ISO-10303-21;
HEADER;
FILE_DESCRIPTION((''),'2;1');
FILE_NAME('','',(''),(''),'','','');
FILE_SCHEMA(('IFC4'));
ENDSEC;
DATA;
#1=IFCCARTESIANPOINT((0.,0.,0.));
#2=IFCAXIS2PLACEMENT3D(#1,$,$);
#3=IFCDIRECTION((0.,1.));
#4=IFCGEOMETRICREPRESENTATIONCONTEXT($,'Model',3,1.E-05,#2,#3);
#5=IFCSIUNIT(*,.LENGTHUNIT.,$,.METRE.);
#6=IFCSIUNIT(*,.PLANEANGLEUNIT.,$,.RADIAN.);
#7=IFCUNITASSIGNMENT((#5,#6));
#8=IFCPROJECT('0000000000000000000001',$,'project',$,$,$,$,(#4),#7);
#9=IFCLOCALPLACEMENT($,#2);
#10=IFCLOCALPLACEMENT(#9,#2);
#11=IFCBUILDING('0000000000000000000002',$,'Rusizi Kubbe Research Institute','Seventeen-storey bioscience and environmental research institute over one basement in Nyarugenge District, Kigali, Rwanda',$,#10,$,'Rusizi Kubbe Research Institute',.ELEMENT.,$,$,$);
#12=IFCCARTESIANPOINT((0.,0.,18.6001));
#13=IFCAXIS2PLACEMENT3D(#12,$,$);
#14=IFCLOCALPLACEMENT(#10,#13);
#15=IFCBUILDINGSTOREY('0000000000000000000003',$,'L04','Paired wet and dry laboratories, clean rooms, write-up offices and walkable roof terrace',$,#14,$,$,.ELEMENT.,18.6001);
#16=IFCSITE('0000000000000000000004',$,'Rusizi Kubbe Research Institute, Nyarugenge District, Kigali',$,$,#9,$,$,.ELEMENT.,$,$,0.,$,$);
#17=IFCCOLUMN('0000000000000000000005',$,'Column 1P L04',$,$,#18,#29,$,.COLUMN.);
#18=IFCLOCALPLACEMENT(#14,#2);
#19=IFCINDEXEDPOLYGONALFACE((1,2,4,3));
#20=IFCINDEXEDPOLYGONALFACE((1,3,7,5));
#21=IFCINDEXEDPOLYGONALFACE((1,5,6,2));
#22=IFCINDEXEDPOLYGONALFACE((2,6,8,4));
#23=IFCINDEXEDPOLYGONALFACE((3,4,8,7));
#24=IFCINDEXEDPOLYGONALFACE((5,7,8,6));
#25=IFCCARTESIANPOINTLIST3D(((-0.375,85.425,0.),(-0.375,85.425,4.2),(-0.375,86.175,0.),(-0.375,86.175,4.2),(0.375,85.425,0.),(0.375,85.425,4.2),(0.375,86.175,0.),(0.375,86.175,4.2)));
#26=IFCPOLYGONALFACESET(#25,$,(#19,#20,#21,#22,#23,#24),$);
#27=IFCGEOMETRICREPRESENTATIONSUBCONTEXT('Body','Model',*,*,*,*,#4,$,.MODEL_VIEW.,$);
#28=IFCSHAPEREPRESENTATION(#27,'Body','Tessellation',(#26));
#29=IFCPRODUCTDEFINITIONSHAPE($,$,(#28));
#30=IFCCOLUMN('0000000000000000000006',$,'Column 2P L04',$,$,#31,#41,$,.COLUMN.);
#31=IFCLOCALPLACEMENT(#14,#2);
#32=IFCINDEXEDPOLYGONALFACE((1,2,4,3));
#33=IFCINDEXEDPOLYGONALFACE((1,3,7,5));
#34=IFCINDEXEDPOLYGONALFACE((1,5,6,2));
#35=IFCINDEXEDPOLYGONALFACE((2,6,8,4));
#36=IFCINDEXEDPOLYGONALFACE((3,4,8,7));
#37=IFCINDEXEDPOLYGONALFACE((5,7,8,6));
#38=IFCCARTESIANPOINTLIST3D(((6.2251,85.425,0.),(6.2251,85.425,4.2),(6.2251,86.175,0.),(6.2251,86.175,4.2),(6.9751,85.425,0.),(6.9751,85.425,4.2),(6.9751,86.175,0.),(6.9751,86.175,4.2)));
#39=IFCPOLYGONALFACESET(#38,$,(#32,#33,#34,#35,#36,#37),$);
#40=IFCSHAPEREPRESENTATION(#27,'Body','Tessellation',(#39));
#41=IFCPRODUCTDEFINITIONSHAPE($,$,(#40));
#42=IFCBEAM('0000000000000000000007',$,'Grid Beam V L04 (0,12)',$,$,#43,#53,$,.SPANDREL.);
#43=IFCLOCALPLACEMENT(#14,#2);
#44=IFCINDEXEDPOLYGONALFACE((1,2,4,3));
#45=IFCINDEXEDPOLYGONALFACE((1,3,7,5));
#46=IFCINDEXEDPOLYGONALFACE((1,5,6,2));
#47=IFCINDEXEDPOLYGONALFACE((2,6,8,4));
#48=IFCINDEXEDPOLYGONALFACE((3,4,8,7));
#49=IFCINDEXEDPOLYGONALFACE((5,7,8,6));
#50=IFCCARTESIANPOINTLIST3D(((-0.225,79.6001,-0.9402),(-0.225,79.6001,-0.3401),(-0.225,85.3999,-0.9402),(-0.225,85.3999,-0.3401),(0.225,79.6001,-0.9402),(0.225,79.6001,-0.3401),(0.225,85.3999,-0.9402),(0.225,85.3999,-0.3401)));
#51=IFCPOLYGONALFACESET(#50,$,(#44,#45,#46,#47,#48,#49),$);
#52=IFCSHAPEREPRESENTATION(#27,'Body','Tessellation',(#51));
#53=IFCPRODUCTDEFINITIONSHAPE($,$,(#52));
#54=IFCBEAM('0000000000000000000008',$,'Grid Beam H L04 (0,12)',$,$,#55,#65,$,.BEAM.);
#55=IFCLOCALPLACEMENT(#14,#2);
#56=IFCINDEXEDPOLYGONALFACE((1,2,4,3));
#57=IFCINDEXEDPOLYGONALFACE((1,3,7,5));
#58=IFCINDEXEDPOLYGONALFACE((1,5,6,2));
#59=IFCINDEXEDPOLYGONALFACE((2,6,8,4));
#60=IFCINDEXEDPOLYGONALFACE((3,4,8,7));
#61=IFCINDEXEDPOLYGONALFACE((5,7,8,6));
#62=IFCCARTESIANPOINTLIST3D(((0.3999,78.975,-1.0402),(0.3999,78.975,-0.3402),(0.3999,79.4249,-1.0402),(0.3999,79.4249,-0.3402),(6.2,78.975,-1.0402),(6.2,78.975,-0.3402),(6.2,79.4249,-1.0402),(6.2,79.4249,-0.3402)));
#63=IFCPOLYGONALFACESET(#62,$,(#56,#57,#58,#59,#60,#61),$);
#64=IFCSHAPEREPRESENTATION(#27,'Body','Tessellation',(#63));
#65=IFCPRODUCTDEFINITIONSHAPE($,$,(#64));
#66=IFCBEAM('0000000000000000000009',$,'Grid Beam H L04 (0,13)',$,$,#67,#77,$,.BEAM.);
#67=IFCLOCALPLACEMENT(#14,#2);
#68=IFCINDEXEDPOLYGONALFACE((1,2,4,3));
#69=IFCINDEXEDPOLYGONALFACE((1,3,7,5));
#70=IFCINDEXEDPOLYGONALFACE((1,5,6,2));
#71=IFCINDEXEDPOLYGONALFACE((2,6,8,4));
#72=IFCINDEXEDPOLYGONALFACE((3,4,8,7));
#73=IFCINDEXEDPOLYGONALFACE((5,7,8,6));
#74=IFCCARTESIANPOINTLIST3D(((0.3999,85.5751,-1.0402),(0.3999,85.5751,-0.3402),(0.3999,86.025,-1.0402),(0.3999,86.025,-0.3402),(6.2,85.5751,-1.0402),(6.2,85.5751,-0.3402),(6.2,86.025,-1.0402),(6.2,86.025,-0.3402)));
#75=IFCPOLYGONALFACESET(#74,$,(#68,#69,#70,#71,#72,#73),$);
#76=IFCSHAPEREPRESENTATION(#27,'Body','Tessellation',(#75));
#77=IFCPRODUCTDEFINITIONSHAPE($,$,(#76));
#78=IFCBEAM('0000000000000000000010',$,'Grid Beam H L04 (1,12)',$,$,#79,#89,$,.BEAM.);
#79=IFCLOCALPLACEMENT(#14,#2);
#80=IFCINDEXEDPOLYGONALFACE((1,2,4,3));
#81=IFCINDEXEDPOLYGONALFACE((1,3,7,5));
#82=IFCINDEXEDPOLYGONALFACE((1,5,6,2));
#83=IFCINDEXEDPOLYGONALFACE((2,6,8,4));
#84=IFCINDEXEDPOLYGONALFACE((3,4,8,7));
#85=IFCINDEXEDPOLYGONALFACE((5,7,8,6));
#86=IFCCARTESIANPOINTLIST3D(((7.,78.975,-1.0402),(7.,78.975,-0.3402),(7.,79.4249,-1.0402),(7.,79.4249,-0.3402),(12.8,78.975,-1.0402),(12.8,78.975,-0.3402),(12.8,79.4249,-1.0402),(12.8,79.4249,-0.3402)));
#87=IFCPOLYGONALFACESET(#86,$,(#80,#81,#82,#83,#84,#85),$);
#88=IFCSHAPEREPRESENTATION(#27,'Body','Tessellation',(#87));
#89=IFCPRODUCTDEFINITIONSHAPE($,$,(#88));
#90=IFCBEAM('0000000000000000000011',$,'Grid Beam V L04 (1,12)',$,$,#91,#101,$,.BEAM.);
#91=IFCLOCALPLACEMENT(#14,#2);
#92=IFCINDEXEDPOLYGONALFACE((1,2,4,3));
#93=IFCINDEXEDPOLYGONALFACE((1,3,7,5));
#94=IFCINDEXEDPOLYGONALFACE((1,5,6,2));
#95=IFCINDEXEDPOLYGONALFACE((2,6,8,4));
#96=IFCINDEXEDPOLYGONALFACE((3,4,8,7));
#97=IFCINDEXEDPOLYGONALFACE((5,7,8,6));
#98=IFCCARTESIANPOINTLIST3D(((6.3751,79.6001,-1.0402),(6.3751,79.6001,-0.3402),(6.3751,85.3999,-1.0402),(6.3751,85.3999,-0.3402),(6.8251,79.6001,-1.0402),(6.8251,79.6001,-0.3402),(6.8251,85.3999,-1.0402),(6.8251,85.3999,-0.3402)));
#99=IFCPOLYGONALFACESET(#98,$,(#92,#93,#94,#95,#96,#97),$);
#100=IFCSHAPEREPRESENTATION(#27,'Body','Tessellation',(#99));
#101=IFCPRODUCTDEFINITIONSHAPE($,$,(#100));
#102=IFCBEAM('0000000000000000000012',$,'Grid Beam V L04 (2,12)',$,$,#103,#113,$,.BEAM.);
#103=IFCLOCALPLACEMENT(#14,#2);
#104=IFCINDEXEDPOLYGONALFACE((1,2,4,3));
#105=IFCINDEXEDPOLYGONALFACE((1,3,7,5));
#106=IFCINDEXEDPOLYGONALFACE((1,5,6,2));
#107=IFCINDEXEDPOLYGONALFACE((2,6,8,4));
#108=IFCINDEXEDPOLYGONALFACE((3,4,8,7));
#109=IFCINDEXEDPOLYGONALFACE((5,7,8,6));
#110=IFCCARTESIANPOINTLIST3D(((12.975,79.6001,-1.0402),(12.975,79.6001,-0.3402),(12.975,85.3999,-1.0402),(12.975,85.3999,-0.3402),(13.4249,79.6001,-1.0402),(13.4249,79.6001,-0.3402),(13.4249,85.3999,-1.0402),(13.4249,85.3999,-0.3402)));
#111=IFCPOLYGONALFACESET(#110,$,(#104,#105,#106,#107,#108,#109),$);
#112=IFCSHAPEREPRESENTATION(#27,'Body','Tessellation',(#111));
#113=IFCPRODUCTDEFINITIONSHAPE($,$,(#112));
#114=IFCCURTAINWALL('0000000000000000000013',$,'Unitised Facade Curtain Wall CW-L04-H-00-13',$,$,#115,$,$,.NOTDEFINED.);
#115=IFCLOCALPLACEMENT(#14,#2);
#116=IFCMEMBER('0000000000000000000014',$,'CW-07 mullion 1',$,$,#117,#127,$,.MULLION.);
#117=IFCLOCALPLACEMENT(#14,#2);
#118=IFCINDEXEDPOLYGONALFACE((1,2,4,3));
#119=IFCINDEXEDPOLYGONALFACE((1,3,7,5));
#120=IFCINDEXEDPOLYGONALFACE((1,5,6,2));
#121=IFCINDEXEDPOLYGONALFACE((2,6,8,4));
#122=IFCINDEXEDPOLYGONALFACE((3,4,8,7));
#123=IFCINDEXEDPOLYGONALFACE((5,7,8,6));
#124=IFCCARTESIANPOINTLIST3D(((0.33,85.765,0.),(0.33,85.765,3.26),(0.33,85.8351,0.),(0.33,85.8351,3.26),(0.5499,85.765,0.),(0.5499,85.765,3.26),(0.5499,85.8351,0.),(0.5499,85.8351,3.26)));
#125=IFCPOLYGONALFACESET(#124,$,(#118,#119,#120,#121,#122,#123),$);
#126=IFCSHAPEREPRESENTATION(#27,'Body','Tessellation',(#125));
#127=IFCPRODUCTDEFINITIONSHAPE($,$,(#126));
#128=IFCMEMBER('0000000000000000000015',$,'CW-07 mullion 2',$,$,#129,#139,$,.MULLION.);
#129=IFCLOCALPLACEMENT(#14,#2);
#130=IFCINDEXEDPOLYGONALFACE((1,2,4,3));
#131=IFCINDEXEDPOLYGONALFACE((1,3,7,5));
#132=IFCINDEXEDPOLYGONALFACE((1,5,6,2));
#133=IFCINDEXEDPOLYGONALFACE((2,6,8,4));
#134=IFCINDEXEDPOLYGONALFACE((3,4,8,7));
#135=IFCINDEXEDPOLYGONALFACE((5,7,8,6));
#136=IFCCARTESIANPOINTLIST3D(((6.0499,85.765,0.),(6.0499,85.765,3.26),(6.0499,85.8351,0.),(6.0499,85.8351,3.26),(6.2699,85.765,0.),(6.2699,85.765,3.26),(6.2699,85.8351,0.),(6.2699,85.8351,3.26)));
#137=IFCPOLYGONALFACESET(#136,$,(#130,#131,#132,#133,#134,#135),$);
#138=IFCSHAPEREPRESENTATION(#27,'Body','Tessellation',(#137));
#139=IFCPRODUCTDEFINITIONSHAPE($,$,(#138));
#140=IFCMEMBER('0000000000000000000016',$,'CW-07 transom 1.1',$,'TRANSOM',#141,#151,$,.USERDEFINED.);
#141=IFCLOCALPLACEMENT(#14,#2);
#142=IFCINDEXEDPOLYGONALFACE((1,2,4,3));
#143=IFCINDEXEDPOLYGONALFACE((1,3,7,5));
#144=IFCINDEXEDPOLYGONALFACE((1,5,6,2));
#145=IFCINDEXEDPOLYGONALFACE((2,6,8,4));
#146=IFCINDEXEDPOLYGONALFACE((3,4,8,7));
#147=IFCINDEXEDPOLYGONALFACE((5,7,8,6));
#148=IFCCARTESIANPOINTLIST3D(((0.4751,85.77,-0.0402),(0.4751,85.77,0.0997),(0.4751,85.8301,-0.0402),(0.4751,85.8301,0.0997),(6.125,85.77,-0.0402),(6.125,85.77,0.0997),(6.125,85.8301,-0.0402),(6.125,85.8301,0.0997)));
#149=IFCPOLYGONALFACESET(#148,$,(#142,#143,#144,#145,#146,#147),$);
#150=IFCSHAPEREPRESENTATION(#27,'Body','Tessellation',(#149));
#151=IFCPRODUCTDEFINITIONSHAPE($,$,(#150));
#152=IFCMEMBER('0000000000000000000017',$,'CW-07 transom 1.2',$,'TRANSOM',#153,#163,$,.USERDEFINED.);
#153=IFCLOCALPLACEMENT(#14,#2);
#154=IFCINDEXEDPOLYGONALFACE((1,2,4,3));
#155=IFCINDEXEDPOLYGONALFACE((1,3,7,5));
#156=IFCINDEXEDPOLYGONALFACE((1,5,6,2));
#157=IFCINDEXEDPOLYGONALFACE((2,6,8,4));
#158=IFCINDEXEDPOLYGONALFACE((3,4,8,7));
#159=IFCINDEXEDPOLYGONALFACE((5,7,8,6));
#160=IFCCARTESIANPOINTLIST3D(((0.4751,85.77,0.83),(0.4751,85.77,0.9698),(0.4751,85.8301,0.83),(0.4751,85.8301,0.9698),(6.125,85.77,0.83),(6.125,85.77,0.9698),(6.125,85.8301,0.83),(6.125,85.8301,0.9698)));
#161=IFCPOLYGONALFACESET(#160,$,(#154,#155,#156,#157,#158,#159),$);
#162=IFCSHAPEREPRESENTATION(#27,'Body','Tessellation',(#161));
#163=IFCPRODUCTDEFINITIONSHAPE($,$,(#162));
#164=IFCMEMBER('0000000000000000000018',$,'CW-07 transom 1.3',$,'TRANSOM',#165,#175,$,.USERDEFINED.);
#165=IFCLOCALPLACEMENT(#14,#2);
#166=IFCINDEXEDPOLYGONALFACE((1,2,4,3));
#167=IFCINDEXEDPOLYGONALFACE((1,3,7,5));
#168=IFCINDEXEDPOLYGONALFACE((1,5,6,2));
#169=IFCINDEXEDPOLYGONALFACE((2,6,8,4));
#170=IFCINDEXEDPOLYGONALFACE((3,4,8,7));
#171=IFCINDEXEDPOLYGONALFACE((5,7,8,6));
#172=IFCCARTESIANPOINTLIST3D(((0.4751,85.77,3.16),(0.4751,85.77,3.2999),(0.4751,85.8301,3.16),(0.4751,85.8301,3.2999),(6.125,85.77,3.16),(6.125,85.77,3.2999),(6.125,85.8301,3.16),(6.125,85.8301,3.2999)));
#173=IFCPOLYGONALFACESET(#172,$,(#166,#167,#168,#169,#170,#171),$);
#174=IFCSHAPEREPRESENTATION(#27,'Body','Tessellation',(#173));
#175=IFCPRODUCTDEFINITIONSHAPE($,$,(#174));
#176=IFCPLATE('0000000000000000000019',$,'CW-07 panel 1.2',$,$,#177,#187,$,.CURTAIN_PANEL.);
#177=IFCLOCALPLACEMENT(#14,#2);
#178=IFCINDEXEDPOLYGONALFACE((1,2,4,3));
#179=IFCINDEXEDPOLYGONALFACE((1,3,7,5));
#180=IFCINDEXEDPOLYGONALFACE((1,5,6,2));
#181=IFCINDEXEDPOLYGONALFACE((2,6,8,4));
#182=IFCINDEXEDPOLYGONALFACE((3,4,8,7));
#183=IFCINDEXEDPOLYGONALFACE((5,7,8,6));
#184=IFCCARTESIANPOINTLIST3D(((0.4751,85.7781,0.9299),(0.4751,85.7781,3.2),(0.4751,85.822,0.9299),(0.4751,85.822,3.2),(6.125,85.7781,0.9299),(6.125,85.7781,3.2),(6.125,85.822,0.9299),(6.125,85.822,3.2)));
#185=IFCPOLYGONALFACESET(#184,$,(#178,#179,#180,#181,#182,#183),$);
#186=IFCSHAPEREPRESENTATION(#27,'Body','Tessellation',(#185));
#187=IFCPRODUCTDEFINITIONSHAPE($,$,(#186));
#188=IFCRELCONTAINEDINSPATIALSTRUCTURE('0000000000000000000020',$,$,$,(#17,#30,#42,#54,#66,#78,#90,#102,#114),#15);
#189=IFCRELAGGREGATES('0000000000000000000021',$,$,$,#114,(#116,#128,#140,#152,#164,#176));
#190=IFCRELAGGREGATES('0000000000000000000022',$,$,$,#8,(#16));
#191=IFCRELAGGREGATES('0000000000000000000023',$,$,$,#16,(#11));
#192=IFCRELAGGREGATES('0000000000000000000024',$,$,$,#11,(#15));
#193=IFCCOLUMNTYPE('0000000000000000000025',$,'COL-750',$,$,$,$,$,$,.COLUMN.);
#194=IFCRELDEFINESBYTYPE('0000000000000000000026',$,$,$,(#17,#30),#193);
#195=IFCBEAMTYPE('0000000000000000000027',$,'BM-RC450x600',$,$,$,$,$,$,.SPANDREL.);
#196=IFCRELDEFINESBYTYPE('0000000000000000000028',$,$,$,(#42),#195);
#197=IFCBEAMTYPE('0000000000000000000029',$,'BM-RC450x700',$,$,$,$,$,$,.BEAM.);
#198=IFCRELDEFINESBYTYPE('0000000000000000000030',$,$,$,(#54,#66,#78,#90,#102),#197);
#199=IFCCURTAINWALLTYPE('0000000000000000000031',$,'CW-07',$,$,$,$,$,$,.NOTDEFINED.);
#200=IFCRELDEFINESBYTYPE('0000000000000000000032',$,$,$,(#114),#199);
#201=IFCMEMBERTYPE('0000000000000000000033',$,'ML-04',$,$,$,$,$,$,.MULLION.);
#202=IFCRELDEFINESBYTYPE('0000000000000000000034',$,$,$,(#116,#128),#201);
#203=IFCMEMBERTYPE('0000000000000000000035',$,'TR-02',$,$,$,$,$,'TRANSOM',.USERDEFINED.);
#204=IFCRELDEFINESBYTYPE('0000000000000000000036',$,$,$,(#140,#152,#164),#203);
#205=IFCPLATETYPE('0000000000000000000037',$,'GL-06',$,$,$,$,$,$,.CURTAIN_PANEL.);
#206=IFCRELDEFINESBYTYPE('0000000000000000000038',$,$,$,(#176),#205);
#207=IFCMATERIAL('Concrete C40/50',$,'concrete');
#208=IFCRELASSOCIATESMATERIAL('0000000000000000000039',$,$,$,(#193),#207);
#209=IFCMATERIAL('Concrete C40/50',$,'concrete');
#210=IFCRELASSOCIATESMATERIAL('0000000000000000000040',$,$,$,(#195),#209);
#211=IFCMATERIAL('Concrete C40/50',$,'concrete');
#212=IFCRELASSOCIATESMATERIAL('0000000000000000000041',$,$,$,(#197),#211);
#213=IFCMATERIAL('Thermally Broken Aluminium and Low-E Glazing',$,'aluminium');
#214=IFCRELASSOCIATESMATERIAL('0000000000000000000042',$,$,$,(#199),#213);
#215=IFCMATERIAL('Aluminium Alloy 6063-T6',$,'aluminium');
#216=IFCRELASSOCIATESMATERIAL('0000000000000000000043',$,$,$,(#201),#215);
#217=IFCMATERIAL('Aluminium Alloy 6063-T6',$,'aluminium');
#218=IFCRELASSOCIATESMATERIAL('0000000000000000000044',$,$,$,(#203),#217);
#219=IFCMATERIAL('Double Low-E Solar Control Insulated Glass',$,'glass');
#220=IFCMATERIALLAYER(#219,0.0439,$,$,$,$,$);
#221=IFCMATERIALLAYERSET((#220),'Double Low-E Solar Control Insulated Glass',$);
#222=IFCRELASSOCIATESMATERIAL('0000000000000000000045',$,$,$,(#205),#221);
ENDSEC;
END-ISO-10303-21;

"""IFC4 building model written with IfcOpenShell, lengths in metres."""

from ifc_helpers import new_model, si_unit, direction, frame, origin, origin_2d, place, context, subcontext, project, spatial, rectangle, extrude, material, layer, layer_set, material_profile, profile_set, type_object, element, aggregate, save


model = new_model("IFC4")

# Units and contexts
model_context = context("Model", 3, precision=1e-05, world=origin(), true_north=direction((0.0, 1.0)))
body_context = subcontext(model_context, "Body", "Model", "MODEL_VIEW")
ifc_project = project(units=[si_unit("LENGTHUNIT", "METRE"), si_unit("PLANEANGLEUNIT", "RADIAN")], contexts=[model_context])

# Site, building, storey
site_placement = place(None, origin())
site = spatial("IfcSite", under=ifc_project, at=site_placement, Name="Rusizi Kubbe Research Institute, Nyarugenge District, Kigali", CompositionType="ELEMENT", RefElevation=0.0)
building_placement = place(site_placement, origin())
building = spatial("IfcBuilding", under=site, at=building_placement, Name="Rusizi Kubbe Research Institute", Description="Seventeen-storey bioscience and environmental research institute over one basement in Nyarugenge District, Kigali, Rwanda", LongName="Rusizi Kubbe Research Institute", CompositionType="ELEMENT")
storey_placement = place(building_placement, frame((0.0, 0.0, 18.6001)))
storey = spatial("IfcBuildingStorey", under=building, at=storey_placement, Name="L04", Description="Paired wet and dry laboratories, clean rooms, write-up offices and walkable roof terrace", CompositionType="ELEMENT", Elevation=18.6001)

# Columns
ifc_material_1 = material(Name="Concrete C40/50", Category="concrete")
ifc_material_profile_1 = material_profile(ifc_material_1, rectangle(XDim=0.75, YDim=0.75, at=origin_2d()), Name="RC750x750")
ifc_profile_set_1 = profile_set([ifc_material_profile_1], Name="Concrete C40/50")
column_type = type_object("IfcColumnType", Name="COL-750", PredefinedType="COLUMN", material=ifc_profile_set_1)
for number, where, z_axis, x_axis, name in (
    (1, (0.0, 85.8, 0.0), (0.0, 0.0, 1.0), (1.0, 0.0, 0.0), "Column 1P L04"),
    (2, (6.6001, 85.8, 0.0), (0.0, 0.0, 1.0), (1.0, 0.0, 0.0), "Column 2P L04"),
):
    element("IfcColumn", number, at=place(storey_placement, frame(where, z_axis=z_axis, x_axis=x_axis)), inside=storey, type_object=column_type, Name=name, PredefinedType="COLUMN", context=body_context, shape_type="SweptSolid", body=[
        extrude(rectangle(XDim=0.75, YDim=0.75, at=origin_2d()), origin(), (0.0, 0.0, 1.0), 4.2),
    ])

# Beams
ifc_material_2 = material(Name="Concrete C40/50", Category="concrete")
ifc_material_profile_2 = material_profile(ifc_material_2, rectangle(XDim=0.45, YDim=0.6001, at=origin_2d()), Name="RC450x600")
ifc_profile_set_2 = profile_set([ifc_material_profile_2], Name="Concrete C40/50")
beam_type_1 = type_object("IfcBeamType", Name="BM-RC450x600", PredefinedType="SPANDREL", material=ifc_profile_set_2)
beam_placement = place(storey_placement, frame((0.0, 79.6001, -0.6401), z_axis=(0.0, 1.0, 0.0), x_axis=(-1.0, 0.0, 0.0)))
element("IfcBeam", 3, at=beam_placement, inside=storey, type_object=beam_type_1, Name="Grid Beam V L04 (0,12)", PredefinedType="SPANDREL", context=body_context, shape_type="SweptSolid", body=[
    extrude(rectangle(XDim=0.45, YDim=0.6001, at=origin_2d()), origin(), (0.0, 0.0, 1.0), 5.7998),
])
ifc_material_3 = material(Name="Concrete C40/50", Category="concrete")
ifc_material_profile_3 = material_profile(ifc_material_3, rectangle(XDim=0.45, YDim=0.7, at=origin_2d()), Name="RC450x700B")
ifc_profile_set_3 = profile_set([ifc_material_profile_3], Name="Concrete C40/50")
beam_type_2 = type_object("IfcBeamType", Name="BM-RC450x700", PredefinedType="BEAM", material=ifc_profile_set_3)
for number, where, z_axis, x_axis, name in (
    (4, (0.3999, 79.2, -0.6902), (1.0, 0.0, 0.0), (0.0, 1.0, 0.0), "Grid Beam H L04 (0,12)"),
    (5, (0.3999, 85.8, -0.6902), (1.0, 0.0, 0.0), (0.0, 1.0, 0.0), "Grid Beam H L04 (0,13)"),
    (6, (7.0, 79.2, -0.6902), (1.0, 0.0, 0.0), (0.0, 1.0, 0.0), "Grid Beam H L04 (1,12)"),
):
    element("IfcBeam", number, at=place(storey_placement, frame(where, z_axis=z_axis, x_axis=x_axis)), inside=storey, type_object=beam_type_2, Name=name, PredefinedType="BEAM", context=body_context, shape_type="SweptSolid", body=[
        extrude(rectangle(XDim=0.45, YDim=0.7, at=origin_2d()), origin(), (0.0, 0.0, 1.0), 5.8),
    ])
for number, where, z_axis, x_axis, name in (
    (7, (6.6001, 79.6001, -0.6902), (0.0, 1.0, 0.0), (-1.0, 0.0, 0.0), "Grid Beam V L04 (1,12)"),
    (8, (13.2, 79.6001, -0.6902), (0.0, 1.0, 0.0), (-1.0, 0.0, 0.0), "Grid Beam V L04 (2,12)"),
):
    element("IfcBeam", number, at=place(storey_placement, frame(where, z_axis=z_axis, x_axis=x_axis)), inside=storey, type_object=beam_type_2, Name=name, PredefinedType="BEAM", context=body_context, shape_type="SweptSolid", body=[
        extrude(rectangle(XDim=0.45, YDim=0.7, at=origin_2d()), origin(), (0.0, 0.0, 1.0), 5.7998),
    ])

# Curtain wall, members, plate
ifc_material_4 = material(Name="Thermally Broken Aluminium and Low-E Glazing", Category="aluminium")
curtain_wall_type = type_object("IfcCurtainWallType", Name="CW-07", PredefinedType="NOTDEFINED", material=ifc_material_4)
curtain_wall_placement = place(storey_placement, origin())
curtain_wall = element("IfcCurtainWall", 9, at=curtain_wall_placement, inside=storey, type_object=curtain_wall_type, Name="Unitised Facade Curtain Wall CW-L04-H-00-13", PredefinedType="NOTDEFINED")
ifc_material_5 = material(Name="Aluminium Alloy 6063-T6", Category="aluminium")
ifc_material_profile_4 = material_profile(ifc_material_5, rectangle(XDim=0.0701, YDim=0.22, at=origin_2d()), Name="ALU-M 70x220")
ifc_profile_set_4 = profile_set([ifc_material_profile_4], Name="Aluminium Alloy 6063-T6")
member_type_1 = type_object("IfcMemberType", Name="ML-04", PredefinedType="MULLION", material=ifc_profile_set_4)
member_1_placement = place(storey_placement, frame((0.4399, 85.8, 0.0), z_axis=(0.0, 0.0, 1.0), x_axis=(0.0, 1.0, 0.0)))
member_1 = element("IfcMember", 10, at=member_1_placement, type_object=member_type_1, Name="CW-07 mullion 1", PredefinedType="MULLION", context=body_context, shape_type="SweptSolid", body=[
    extrude(rectangle(XDim=0.0701, YDim=0.22, at=origin_2d()), origin(), (0.0, 0.0, 1.0), 3.26),
])
member_2_placement = place(storey_placement, frame((6.1599, 85.8, 0.0), z_axis=(0.0, 0.0, 1.0), x_axis=(0.0, 1.0, 0.0)))
member_2 = element("IfcMember", 11, at=member_2_placement, type_object=member_type_1, Name="CW-07 mullion 2", PredefinedType="MULLION", context=body_context, shape_type="SweptSolid", body=[
    extrude(rectangle(XDim=0.0701, YDim=0.22, at=origin_2d()), origin(), (0.0, 0.0, 1.0), 3.26),
])
ifc_material_6 = material(Name="Aluminium Alloy 6063-T6", Category="aluminium")
ifc_material_profile_5 = material_profile(ifc_material_6, rectangle(XDim=0.0601, YDim=0.1399, at=origin_2d()), Name="ALU-T 60x140")
ifc_profile_set_5 = profile_set([ifc_material_profile_5], Name="Aluminium Alloy 6063-T6")
member_type_2 = type_object("IfcMemberType", Name="TR-02", ElementType="TRANSOM", PredefinedType="USERDEFINED", material=ifc_profile_set_5)
member_3_placement = place(storey_placement, frame((0.4751, 85.8, 0.0298), z_axis=(1.0, 0.0, 0.0), x_axis=(0.0, 1.0, 0.0)))
member_3 = element("IfcMember", 12, at=member_3_placement, type_object=member_type_2, Name="CW-07 transom 1.1", ObjectType="TRANSOM", PredefinedType="USERDEFINED", context=body_context, shape_type="SweptSolid", body=[
    extrude(rectangle(XDim=0.0601, YDim=0.1399, at=origin_2d()), origin(), (0.0, 0.0, 1.0), 5.6499),
])
member_4_placement = place(storey_placement, frame((0.4751, 85.8, 0.8999), z_axis=(1.0, 0.0, 0.0), x_axis=(0.0, 1.0, 0.0)))
member_4 = element("IfcMember", 13, at=member_4_placement, type_object=member_type_2, Name="CW-07 transom 1.2", ObjectType="TRANSOM", PredefinedType="USERDEFINED", context=body_context, shape_type="SweptSolid", body=[
    extrude(rectangle(XDim=0.0601, YDim=0.1399, at=origin_2d()), origin(), (0.0, 0.0, 1.0), 5.6499),
])
member_5_placement = place(storey_placement, frame((0.4751, 85.8, 3.23), z_axis=(1.0, 0.0, 0.0), x_axis=(0.0, 1.0, 0.0)))
member_5 = element("IfcMember", 14, at=member_5_placement, type_object=member_type_2, Name="CW-07 transom 1.3", ObjectType="TRANSOM", PredefinedType="USERDEFINED", context=body_context, shape_type="SweptSolid", body=[
    extrude(rectangle(XDim=0.0601, YDim=0.1399, at=origin_2d()), origin(), (0.0, 0.0, 1.0), 5.6499),
])
ifc_material_7 = material(Name="Double Low-E Solar Control Insulated Glass", Category="glass")
ifc_layer_1 = layer(ifc_material_7, 0.0439)
ifc_layer_set_1 = layer_set([ifc_layer_1], Name="Double Low-E Solar Control Insulated Glass")
plate_type_1 = type_object("IfcPlateType", Name="GL-06", PredefinedType="CURTAIN_PANEL", material=ifc_layer_set_1)
plate_1_placement = place(storey_placement, frame((3.3, 85.8, 0.9299), z_axis=(0.0, 0.0, 1.0), x_axis=(1.0, 0.0, 0.0)))
plate_1 = element("IfcPlate", 15, at=plate_1_placement, type_object=plate_type_1, Name="CW-07 panel 1.2", PredefinedType="CURTAIN_PANEL", context=body_context, shape_type="SweptSolid", body=[
    extrude(rectangle(XDim=5.6499, YDim=0.0439, at=origin_2d()), origin(), (0.0, 0.0, 1.0), 2.27),
])
aggregate(curtain_wall, [member_1, member_2, member_3, member_4, member_5, plate_1])

save(model, "model.ifc")
